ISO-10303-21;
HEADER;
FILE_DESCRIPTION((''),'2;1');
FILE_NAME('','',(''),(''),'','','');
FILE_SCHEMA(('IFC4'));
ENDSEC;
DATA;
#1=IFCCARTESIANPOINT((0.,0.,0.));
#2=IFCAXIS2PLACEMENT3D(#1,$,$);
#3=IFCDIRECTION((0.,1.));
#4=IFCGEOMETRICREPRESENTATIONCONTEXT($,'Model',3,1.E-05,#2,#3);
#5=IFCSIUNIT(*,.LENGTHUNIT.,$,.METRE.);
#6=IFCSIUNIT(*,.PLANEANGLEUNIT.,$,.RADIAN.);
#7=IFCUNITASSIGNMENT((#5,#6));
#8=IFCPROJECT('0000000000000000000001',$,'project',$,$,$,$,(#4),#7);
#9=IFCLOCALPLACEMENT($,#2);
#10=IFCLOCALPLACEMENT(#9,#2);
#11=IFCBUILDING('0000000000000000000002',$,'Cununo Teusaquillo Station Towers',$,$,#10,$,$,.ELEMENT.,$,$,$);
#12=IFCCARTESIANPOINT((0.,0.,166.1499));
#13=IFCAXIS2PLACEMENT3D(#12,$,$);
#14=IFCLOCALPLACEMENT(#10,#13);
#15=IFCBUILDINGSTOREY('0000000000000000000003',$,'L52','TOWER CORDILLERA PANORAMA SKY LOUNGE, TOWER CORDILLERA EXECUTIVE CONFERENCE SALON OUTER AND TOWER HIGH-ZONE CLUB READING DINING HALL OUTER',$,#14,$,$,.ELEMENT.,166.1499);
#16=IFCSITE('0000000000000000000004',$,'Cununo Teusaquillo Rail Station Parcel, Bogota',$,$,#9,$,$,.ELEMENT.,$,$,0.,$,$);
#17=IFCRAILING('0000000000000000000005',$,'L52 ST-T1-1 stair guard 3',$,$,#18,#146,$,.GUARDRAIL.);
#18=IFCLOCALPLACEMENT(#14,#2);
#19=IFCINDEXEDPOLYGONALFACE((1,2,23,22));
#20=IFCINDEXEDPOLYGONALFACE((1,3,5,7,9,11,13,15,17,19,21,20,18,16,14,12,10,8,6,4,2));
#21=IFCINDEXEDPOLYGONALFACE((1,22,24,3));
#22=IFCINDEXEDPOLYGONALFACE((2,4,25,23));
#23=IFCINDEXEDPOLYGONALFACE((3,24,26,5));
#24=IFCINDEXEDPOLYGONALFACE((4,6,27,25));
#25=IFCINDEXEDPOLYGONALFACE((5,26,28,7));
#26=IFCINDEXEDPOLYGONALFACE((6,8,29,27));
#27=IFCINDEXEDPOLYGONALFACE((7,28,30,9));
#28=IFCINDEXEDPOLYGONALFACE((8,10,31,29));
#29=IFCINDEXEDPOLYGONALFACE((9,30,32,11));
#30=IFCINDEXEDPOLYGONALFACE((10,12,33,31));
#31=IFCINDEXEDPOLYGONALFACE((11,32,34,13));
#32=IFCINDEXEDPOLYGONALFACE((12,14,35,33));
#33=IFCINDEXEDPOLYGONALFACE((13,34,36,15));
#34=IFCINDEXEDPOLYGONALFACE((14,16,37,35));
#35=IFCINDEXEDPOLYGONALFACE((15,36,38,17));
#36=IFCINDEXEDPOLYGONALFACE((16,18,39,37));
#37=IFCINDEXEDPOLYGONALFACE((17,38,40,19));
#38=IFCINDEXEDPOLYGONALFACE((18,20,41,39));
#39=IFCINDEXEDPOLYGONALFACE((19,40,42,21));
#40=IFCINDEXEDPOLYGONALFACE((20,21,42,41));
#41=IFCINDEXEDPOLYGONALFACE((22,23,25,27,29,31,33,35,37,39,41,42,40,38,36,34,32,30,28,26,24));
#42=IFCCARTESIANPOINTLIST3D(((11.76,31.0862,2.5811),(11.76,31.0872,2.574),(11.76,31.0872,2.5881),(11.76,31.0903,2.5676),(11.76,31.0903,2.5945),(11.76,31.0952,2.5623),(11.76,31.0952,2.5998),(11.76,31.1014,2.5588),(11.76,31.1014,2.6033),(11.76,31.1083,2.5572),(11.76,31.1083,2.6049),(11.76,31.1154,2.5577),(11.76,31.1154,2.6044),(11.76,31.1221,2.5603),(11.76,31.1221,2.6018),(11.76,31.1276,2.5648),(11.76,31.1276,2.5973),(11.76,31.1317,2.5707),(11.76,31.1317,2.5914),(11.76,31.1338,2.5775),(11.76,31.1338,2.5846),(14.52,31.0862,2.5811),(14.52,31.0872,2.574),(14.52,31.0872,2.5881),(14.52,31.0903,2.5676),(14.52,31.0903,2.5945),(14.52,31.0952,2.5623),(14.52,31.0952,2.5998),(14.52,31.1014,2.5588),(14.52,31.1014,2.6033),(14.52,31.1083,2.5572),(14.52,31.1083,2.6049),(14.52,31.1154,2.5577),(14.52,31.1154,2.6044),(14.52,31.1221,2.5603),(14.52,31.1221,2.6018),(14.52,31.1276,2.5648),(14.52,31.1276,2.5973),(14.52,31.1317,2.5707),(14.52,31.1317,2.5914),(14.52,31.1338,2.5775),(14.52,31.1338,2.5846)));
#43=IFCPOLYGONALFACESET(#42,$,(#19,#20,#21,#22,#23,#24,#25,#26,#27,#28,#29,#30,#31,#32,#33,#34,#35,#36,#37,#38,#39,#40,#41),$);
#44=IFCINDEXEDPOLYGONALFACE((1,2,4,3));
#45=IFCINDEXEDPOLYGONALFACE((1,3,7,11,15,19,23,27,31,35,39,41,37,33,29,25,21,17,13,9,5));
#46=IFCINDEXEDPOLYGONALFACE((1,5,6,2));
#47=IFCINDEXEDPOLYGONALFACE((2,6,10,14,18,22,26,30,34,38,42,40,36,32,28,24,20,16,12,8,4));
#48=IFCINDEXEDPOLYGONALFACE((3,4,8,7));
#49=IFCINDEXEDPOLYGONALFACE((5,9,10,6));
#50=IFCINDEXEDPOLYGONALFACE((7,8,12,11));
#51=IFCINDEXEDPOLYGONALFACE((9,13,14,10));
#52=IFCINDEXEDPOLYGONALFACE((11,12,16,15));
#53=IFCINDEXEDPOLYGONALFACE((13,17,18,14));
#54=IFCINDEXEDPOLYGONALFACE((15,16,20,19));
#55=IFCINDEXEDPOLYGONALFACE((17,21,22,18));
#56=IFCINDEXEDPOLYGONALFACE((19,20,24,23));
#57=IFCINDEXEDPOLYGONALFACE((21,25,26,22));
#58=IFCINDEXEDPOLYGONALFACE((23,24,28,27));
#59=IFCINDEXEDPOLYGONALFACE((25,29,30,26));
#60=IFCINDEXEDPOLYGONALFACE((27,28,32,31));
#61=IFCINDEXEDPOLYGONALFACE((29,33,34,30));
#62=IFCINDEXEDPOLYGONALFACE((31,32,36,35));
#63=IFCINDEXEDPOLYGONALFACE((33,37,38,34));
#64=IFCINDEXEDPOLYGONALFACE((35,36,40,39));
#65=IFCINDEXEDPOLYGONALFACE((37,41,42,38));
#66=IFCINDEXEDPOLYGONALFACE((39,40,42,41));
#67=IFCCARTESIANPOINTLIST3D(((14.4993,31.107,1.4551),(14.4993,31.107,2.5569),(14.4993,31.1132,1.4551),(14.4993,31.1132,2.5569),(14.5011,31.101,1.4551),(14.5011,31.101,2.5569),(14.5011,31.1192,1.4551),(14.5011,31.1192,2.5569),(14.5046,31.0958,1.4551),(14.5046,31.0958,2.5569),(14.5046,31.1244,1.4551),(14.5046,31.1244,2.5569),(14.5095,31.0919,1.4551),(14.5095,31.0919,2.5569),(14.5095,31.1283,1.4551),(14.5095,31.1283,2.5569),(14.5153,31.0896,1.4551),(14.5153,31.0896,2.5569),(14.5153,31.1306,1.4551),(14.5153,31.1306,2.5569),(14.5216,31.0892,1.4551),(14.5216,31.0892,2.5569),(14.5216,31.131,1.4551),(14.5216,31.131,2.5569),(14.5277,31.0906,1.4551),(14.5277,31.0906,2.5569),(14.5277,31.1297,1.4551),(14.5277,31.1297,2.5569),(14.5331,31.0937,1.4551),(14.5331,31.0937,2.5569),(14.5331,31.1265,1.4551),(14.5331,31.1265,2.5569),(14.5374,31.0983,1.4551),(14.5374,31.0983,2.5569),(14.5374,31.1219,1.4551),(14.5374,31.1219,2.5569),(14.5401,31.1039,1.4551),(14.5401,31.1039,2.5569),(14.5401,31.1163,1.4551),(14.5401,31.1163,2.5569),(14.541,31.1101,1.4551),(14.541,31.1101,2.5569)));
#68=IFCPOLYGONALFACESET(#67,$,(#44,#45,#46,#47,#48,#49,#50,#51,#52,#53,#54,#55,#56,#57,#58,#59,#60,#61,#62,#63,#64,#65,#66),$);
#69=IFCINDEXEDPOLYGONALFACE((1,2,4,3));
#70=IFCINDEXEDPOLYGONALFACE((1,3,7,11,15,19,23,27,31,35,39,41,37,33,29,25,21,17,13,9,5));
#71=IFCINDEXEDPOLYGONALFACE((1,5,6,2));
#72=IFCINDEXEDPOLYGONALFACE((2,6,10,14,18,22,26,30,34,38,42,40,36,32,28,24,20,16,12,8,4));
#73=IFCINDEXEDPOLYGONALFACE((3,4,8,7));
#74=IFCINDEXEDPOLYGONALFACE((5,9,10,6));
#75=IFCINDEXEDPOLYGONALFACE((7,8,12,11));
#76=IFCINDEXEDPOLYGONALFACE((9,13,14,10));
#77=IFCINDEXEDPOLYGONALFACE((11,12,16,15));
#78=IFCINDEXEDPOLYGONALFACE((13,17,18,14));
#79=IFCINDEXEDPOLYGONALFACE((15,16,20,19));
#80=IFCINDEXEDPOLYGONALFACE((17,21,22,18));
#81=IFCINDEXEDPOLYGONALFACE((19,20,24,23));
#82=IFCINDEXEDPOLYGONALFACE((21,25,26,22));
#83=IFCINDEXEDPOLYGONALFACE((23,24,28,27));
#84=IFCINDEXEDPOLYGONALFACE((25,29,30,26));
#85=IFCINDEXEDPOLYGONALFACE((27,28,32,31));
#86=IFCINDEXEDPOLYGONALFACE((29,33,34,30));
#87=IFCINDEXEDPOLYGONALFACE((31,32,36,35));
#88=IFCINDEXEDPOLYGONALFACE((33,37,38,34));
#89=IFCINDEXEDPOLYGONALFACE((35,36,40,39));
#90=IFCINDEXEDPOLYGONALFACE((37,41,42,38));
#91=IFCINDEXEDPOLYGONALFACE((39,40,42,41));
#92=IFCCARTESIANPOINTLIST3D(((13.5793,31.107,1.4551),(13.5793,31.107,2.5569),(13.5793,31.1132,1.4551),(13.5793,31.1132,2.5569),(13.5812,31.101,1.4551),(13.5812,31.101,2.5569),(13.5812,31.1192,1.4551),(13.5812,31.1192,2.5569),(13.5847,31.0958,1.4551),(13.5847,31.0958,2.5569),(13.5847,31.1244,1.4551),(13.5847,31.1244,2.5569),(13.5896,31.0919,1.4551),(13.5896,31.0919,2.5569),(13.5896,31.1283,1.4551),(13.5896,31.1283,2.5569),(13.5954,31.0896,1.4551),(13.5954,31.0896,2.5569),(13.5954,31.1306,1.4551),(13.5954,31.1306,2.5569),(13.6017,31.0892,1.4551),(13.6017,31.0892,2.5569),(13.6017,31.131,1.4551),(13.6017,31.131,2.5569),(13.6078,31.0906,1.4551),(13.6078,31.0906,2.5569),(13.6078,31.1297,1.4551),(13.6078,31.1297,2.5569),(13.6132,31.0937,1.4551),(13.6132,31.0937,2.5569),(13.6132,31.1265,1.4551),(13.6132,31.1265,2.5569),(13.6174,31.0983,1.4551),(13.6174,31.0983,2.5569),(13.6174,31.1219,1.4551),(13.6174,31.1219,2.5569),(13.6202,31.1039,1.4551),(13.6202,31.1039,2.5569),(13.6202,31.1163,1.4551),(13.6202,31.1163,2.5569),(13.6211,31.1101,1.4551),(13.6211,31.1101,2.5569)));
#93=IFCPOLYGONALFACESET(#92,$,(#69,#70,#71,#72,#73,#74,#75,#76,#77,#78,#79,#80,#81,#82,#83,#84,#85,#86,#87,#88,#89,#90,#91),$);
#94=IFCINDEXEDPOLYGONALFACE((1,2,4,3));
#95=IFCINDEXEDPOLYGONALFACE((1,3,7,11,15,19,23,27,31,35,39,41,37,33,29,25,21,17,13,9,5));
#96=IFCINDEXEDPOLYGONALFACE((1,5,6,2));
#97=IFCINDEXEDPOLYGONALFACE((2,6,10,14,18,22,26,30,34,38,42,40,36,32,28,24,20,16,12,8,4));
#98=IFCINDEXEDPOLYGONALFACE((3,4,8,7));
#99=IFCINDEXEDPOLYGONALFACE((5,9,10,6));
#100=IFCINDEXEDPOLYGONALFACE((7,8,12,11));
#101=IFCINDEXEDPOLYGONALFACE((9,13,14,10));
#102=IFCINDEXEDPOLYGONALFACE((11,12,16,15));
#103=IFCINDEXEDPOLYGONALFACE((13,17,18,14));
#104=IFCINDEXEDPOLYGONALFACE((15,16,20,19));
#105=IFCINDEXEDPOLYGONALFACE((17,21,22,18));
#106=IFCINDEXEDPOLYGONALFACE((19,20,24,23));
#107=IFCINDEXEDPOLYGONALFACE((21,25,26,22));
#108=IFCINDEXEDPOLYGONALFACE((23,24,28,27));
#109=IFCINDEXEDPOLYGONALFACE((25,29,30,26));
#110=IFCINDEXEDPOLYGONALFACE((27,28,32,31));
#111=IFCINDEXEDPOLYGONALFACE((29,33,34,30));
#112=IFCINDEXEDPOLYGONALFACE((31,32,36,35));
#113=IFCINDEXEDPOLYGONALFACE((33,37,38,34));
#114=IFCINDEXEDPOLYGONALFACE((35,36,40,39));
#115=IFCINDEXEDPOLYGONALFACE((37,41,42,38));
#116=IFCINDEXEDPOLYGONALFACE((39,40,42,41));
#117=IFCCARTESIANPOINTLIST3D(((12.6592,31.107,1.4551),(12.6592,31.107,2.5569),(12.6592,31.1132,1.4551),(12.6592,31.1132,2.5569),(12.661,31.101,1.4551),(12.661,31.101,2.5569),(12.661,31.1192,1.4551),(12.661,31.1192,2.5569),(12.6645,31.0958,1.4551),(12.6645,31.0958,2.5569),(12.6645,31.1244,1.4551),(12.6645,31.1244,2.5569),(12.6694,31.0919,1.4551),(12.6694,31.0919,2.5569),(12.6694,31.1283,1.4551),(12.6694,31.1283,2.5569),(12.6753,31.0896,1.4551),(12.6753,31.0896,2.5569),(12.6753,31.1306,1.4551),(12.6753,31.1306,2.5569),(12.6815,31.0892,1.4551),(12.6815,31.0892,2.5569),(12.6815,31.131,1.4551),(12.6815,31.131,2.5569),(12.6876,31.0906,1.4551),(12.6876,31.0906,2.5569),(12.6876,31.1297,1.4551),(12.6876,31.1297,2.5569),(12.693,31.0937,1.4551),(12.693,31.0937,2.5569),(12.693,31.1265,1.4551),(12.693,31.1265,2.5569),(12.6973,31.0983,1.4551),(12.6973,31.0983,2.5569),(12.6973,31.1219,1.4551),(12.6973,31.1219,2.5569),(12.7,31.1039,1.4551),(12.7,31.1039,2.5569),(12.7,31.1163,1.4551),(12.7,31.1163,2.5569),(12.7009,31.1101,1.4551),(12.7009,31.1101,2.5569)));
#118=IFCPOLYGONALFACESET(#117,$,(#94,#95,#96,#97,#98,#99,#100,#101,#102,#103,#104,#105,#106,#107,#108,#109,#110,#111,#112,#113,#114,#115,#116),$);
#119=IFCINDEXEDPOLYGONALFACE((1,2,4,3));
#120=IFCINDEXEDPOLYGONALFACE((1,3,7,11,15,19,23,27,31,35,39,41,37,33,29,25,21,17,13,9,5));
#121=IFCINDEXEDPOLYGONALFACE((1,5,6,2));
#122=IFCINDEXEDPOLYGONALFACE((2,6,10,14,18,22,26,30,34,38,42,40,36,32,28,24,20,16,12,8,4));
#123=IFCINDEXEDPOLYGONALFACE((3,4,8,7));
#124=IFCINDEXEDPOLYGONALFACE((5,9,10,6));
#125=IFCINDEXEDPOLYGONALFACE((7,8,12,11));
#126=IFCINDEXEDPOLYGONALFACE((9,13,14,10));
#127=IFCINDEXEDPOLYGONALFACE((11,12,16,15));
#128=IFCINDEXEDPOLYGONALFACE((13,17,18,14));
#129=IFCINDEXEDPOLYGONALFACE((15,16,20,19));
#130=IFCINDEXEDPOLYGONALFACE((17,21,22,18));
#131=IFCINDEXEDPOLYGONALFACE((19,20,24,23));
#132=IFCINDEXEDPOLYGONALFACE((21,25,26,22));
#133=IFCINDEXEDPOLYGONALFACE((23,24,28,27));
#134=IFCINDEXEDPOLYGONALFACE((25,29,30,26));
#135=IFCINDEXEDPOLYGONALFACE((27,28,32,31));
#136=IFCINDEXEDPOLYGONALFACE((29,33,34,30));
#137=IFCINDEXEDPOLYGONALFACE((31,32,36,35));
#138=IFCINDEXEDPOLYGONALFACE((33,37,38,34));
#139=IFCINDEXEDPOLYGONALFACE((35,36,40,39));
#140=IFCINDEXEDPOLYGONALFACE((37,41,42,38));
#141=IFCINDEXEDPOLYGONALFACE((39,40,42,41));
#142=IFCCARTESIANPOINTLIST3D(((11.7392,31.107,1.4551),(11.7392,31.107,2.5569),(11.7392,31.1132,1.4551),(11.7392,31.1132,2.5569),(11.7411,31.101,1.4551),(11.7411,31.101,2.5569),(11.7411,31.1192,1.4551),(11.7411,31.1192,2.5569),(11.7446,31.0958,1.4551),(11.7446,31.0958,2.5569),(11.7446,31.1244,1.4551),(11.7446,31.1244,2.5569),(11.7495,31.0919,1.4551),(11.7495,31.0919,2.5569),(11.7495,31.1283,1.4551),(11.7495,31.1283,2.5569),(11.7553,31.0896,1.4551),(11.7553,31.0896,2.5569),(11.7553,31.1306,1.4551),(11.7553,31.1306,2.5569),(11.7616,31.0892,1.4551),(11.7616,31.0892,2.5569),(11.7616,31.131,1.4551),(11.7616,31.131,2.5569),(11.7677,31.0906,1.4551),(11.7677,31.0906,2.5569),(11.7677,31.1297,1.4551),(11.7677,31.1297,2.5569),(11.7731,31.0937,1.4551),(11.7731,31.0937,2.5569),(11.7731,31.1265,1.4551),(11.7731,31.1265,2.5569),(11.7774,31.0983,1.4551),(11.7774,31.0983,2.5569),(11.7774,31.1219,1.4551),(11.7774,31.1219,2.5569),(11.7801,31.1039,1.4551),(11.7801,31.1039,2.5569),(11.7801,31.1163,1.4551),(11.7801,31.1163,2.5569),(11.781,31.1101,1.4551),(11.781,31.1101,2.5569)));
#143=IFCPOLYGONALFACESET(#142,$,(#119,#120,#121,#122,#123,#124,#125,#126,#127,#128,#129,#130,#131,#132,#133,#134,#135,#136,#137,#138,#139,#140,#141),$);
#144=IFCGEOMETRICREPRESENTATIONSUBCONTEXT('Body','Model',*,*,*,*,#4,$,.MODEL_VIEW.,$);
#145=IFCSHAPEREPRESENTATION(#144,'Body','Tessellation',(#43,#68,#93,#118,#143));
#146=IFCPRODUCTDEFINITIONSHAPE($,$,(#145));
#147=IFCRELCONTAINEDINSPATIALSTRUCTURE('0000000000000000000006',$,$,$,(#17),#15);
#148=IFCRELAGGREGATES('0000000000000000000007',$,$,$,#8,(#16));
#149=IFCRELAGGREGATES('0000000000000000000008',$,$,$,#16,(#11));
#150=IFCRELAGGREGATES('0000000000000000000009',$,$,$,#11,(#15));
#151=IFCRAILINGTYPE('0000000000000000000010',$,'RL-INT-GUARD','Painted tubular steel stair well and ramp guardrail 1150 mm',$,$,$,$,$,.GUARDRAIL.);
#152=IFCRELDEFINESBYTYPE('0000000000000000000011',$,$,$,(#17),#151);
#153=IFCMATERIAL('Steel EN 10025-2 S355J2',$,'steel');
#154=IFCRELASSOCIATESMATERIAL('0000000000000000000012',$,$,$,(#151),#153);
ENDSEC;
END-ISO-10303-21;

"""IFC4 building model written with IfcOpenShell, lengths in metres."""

from ifc_helpers import new_model, si_unit, direction, frame, origin, origin_2d, place, context, subcontext, project, spatial, circle, extrude, material, type_object, element, save


model = new_model("IFC4")

# Units and contexts
model_context = context("Model", 3, precision=1e-05, world=origin(), true_north=direction((0.0, 1.0)))
body_context = subcontext(model_context, "Body", "Model", "MODEL_VIEW")
ifc_project = project(units=[si_unit("LENGTHUNIT", "METRE"), si_unit("PLANEANGLEUNIT", "RADIAN")], contexts=[model_context])

# Site, building, storey
site_placement = place(None, origin())
site = spatial("IfcSite", under=ifc_project, at=site_placement, Name="Cununo Teusaquillo Rail Station Parcel, Bogota", CompositionType="ELEMENT", RefElevation=0.0)
building_placement = place(site_placement, origin())
building = spatial("IfcBuilding", under=site, at=building_placement, Name="Cununo Teusaquillo Station Towers", CompositionType="ELEMENT")
storey_placement = place(building_placement, frame((0.0, 0.0, 166.1499)))
storey = spatial("IfcBuildingStorey", under=building, at=storey_placement, Name="L52", Description="TOWER CORDILLERA PANORAMA SKY LOUNGE, TOWER CORDILLERA EXECUTIVE CONFERENCE SALON OUTER AND TOWER HIGH-ZONE CLUB READING DINING HALL OUTER", CompositionType="ELEMENT", Elevation=166.1499)

# Railing
ifc_material_1 = material(Name="Steel EN 10025-2 S355J2", Category="steel")
railing_type_1 = type_object("IfcRailingType", Name="RL-INT-GUARD", Description="Painted tubular steel stair well and ramp guardrail 1150 mm", PredefinedType="GUARDRAIL", material=ifc_material_1)
railing_1_placement = place(storey_placement, frame((14.52, 31.1101, 1.4551)))
element("IfcRailing", 1, at=railing_1_placement, inside=storey, type_object=railing_type_1, Name="L52 ST-T1-1 stair guard 3", PredefinedType="GUARDRAIL", context=body_context, shape_type="SweptSolid", body=[
    extrude(circle(Radius=0.0239, at=origin_2d()), frame((0.0, 0.0, 1.126), z_axis=(-1.0, 0.0, 0.0), x_axis=(0.0, -1.0, 0.0)), (0.0, 0.0, 1.0), 2.76),
    extrude(circle(Radius=0.021, at=origin_2d()), origin(), (0.0, 0.0, 1.0), 1.1018),
    extrude(circle(Radius=0.021, at=origin_2d()), frame((-0.9199, 0.0, 0.0)), (0.0, 0.0, 1.0), 1.1018),
    extrude(circle(Radius=0.021, at=origin_2d()), frame((-1.8401, 0.0, 0.0)), (0.0, 0.0, 1.0), 1.1018),
    extrude(circle(Radius=0.021, at=origin_2d()), frame((-2.76, 0.0, 0.0)), (0.0, 0.0, 1.0), 1.1018),
])

save(model, "model.ifc")
